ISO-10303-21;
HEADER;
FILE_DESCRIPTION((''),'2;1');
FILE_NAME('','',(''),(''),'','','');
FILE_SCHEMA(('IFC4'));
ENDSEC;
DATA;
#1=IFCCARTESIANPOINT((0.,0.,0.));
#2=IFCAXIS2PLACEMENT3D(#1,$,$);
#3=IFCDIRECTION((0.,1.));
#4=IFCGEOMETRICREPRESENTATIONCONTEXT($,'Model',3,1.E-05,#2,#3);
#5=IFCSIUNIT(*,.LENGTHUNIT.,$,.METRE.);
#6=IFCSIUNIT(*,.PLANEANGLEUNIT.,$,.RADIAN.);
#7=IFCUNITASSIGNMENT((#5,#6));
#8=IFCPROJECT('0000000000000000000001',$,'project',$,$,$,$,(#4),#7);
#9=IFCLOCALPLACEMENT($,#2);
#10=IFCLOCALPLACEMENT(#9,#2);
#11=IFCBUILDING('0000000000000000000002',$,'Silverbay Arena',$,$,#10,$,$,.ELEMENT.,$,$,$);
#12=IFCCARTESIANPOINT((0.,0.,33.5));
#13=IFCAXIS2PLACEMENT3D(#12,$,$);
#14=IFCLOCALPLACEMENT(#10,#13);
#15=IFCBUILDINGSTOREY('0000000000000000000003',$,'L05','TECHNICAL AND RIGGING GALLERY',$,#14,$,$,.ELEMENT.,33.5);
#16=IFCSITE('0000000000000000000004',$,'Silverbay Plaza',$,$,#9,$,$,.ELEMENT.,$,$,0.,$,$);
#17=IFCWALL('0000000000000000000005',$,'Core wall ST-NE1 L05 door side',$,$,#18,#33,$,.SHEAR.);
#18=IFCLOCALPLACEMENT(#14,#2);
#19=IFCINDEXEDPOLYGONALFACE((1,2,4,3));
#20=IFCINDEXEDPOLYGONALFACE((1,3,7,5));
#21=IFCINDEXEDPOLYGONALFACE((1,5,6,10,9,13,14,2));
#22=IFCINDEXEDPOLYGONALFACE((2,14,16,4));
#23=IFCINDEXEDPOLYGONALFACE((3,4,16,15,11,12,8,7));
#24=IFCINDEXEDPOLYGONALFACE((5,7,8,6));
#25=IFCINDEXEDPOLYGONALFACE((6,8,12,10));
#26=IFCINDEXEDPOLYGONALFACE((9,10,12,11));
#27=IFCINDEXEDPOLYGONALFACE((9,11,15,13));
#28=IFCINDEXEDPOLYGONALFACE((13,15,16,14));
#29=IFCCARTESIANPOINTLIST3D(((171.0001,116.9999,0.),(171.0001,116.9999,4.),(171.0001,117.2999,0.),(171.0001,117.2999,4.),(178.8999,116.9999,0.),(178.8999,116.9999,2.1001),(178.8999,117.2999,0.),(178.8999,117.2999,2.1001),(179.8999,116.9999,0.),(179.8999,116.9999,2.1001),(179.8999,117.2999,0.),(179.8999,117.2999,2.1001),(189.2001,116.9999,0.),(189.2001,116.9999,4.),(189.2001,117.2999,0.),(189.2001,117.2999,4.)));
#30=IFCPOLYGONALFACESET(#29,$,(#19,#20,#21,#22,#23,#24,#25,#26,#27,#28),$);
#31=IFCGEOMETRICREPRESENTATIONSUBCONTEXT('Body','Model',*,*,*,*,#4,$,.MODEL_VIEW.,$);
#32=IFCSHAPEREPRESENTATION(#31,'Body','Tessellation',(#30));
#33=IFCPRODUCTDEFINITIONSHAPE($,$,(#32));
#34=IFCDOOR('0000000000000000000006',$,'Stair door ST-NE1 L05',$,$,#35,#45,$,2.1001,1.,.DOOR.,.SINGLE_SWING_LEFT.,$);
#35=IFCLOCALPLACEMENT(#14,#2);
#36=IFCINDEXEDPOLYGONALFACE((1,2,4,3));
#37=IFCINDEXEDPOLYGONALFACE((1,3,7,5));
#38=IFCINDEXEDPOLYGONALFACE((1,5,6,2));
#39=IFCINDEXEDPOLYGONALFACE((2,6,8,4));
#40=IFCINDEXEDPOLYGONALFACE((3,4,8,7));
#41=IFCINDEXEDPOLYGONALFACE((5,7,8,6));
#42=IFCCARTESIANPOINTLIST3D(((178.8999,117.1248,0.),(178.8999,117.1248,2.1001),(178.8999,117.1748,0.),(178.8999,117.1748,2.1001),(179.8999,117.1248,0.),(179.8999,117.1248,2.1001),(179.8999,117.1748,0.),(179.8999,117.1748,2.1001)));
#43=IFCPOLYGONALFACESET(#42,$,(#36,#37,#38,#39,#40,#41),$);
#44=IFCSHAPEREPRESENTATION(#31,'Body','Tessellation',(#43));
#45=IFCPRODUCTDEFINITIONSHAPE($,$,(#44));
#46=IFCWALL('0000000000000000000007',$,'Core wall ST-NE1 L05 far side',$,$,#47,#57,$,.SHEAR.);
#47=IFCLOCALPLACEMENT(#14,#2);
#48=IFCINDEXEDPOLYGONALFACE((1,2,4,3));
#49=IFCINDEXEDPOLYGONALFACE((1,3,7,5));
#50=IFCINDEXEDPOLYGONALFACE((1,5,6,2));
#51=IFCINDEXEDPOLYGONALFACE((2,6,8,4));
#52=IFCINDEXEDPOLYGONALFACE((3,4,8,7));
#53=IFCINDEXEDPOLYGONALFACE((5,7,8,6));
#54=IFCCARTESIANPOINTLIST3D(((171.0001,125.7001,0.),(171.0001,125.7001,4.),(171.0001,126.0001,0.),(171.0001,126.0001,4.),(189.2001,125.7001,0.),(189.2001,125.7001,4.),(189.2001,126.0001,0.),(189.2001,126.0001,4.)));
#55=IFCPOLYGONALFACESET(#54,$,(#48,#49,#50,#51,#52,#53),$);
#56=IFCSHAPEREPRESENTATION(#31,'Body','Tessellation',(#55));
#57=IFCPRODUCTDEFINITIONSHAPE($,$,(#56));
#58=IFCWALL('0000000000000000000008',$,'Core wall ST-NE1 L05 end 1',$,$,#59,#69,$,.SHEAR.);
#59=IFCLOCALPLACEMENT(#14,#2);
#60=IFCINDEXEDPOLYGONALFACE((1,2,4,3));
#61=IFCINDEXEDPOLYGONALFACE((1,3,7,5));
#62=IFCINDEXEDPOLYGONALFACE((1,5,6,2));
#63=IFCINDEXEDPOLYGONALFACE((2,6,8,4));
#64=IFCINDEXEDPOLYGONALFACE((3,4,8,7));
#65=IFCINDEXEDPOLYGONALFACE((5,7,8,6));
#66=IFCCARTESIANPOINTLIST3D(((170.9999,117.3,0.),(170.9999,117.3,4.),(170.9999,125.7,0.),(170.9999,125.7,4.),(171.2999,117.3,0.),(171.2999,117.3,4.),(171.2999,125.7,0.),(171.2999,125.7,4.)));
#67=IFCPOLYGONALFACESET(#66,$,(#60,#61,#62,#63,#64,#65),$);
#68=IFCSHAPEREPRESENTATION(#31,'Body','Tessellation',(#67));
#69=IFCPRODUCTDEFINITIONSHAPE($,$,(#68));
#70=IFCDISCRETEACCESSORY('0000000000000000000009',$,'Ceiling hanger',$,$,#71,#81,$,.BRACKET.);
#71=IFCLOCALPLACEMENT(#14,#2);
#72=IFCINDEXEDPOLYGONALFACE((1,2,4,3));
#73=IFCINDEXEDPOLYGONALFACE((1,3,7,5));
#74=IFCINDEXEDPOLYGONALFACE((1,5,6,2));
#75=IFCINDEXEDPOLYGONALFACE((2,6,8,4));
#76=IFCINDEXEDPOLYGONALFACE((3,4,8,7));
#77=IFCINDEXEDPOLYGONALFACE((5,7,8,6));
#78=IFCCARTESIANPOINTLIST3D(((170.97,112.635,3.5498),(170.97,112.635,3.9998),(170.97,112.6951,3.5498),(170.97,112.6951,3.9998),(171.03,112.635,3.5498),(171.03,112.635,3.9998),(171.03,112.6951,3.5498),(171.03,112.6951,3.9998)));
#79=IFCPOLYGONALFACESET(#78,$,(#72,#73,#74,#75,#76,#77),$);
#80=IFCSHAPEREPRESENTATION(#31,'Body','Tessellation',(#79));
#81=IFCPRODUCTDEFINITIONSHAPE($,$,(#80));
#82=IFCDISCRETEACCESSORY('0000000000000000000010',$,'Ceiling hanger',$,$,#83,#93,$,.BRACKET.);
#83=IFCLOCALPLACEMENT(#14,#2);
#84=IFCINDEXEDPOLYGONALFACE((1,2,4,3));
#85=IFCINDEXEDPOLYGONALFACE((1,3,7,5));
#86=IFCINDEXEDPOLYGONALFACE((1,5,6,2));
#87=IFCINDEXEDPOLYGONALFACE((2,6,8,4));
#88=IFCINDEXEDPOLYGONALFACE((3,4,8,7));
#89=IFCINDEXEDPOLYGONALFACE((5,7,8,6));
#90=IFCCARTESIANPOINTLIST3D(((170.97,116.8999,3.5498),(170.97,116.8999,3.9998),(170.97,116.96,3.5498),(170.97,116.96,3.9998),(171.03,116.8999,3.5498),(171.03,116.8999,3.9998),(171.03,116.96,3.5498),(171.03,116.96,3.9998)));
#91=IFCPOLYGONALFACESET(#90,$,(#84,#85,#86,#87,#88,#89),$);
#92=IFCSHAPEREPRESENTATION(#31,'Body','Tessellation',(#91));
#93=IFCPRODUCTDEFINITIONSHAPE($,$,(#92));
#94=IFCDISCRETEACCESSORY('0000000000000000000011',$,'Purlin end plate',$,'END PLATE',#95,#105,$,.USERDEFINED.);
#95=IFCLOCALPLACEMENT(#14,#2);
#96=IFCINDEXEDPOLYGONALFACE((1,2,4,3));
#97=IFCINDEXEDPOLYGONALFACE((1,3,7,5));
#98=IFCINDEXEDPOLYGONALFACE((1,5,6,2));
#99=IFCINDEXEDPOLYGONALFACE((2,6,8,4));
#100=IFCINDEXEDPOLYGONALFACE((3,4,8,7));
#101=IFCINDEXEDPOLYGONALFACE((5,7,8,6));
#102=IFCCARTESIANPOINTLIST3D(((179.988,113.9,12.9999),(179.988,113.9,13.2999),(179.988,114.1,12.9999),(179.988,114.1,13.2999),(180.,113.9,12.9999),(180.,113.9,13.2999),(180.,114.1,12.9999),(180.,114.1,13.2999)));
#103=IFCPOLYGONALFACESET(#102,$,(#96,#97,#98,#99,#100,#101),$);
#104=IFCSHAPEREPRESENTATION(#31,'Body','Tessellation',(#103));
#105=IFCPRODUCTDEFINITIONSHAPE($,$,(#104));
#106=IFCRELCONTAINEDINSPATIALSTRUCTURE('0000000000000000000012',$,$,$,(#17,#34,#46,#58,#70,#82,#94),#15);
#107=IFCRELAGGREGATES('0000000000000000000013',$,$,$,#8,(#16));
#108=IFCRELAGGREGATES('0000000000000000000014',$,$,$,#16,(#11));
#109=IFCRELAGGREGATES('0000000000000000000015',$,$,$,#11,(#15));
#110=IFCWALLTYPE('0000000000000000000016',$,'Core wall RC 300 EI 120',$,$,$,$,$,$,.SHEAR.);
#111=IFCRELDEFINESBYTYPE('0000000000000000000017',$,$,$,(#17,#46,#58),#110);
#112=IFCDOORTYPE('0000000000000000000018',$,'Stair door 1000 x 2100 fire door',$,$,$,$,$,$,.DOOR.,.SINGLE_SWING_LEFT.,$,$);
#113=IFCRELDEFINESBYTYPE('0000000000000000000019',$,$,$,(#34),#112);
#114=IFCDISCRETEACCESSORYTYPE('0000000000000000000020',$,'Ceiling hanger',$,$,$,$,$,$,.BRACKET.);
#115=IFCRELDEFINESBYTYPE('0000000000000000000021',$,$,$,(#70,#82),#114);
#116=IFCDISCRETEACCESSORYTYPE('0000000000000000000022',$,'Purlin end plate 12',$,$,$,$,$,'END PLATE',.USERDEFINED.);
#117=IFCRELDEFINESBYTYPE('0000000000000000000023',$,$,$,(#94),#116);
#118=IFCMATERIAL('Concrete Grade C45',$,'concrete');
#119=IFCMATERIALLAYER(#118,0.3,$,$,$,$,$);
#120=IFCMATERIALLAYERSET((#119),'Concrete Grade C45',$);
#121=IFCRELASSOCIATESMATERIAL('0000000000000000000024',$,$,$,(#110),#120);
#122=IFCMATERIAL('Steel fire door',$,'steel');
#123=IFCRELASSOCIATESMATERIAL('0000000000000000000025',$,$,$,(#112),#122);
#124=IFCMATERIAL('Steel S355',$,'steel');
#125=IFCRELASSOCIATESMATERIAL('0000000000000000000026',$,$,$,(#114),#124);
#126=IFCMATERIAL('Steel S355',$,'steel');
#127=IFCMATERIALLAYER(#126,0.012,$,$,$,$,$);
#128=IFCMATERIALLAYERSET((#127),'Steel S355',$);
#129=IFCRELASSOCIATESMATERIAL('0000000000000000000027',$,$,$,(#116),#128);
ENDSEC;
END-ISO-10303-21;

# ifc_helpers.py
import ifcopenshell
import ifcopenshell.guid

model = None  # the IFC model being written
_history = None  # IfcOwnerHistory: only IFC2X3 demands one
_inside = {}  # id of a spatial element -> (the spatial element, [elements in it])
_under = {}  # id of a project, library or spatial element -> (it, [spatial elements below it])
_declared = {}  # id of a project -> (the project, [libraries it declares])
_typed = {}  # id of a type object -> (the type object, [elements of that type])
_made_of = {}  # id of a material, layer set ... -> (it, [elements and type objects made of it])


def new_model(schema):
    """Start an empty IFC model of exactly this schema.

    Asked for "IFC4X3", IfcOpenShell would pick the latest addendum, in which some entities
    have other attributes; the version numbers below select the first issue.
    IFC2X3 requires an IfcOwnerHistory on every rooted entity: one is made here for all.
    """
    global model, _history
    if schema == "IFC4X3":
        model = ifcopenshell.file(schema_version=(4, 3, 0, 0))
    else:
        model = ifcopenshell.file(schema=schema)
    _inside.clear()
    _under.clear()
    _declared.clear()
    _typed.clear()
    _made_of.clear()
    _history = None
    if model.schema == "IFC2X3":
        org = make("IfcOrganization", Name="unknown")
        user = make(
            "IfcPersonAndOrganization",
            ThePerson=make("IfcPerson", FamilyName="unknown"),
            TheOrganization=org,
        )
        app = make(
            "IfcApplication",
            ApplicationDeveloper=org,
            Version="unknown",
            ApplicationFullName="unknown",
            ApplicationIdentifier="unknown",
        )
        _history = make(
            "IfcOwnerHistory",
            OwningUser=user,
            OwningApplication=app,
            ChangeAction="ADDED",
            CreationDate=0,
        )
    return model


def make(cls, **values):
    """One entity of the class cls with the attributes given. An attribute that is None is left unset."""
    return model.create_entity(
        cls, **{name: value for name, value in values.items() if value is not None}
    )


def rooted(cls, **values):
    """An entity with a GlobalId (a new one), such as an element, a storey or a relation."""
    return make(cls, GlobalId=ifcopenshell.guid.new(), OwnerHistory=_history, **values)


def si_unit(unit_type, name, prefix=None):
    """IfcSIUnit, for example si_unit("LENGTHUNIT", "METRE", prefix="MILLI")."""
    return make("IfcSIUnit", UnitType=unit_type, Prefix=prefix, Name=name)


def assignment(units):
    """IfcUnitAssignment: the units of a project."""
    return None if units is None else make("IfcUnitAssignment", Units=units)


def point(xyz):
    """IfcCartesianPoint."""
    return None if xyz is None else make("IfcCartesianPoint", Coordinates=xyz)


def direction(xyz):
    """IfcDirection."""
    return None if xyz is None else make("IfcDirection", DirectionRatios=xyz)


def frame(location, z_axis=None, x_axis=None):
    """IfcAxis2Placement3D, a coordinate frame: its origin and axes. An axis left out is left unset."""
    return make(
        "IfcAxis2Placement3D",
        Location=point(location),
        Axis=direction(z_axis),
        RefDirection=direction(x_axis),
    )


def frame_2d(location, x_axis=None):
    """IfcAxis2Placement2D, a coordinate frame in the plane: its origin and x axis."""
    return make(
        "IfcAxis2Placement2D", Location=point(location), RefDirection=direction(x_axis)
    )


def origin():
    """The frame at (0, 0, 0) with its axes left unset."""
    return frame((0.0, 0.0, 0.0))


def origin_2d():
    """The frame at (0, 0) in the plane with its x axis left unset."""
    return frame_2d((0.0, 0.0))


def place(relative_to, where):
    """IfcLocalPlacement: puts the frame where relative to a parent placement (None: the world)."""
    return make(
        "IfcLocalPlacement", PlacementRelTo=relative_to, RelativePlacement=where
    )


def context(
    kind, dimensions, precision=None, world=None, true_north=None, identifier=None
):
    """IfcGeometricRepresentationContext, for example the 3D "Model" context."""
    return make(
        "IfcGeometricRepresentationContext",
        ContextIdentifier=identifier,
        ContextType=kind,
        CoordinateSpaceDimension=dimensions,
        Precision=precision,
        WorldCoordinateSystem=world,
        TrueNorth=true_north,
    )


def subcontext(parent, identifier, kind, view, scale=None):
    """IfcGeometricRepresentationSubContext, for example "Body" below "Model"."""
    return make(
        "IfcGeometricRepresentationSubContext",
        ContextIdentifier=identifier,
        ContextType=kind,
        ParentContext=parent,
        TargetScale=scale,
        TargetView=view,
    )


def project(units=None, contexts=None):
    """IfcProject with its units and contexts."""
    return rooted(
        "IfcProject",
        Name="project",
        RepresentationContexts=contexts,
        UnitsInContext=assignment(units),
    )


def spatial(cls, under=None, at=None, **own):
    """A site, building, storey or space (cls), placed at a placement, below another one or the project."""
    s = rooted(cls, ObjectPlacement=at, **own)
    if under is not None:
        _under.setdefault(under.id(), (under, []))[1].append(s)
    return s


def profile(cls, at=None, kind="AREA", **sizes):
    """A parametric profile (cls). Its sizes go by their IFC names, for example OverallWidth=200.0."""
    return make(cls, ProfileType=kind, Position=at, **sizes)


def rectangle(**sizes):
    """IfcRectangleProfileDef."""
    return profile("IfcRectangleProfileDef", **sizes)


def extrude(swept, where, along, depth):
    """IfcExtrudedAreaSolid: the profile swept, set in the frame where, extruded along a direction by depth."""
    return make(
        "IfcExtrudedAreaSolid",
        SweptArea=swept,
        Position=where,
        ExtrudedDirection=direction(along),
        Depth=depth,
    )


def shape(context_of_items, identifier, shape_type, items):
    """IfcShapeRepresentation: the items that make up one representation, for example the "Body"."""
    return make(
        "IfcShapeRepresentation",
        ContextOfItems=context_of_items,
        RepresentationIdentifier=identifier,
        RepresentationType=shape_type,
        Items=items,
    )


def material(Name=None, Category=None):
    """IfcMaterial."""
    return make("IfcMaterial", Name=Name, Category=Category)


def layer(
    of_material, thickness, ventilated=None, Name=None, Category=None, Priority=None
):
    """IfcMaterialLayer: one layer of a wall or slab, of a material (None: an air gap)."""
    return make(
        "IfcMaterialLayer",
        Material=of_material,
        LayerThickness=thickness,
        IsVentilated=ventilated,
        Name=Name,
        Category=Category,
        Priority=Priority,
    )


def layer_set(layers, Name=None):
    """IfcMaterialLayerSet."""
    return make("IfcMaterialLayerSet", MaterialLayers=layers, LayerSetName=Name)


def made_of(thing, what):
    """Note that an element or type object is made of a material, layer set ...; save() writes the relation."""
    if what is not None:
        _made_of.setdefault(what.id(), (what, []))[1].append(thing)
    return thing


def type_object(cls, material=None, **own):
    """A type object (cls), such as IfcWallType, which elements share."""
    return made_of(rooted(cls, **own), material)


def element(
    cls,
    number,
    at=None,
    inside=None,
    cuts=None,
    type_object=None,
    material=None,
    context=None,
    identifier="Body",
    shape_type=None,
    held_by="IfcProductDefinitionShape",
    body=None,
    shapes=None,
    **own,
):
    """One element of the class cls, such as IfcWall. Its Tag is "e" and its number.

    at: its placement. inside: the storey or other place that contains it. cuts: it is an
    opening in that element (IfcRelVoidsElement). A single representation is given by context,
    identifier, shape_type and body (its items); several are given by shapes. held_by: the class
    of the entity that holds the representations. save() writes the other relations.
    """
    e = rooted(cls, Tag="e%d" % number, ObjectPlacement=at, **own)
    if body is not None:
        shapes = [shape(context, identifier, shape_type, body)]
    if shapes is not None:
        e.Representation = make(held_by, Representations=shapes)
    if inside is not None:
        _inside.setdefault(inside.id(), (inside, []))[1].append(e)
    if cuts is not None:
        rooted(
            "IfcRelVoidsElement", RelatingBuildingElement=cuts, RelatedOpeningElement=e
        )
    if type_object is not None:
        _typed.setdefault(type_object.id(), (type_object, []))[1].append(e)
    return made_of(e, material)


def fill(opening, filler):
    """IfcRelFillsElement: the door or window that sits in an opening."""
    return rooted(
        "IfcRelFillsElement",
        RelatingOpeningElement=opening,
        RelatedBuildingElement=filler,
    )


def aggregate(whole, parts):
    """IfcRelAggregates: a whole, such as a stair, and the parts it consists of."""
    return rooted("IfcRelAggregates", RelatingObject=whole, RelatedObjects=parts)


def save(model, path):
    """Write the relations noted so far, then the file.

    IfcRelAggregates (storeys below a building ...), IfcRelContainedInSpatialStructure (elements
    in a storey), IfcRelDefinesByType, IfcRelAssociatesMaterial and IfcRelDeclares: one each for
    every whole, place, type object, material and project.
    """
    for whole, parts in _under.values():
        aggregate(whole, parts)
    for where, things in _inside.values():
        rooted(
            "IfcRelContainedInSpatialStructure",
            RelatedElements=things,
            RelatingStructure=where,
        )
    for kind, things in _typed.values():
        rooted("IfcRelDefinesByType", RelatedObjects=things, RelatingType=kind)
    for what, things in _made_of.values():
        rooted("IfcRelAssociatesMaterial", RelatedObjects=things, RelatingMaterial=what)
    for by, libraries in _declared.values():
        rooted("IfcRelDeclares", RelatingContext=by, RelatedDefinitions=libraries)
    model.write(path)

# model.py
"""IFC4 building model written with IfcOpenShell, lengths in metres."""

from ifc_helpers import new_model, si_unit, direction, frame, frame_2d, origin, origin_2d, place, context, subcontext, project, spatial, rectangle, extrude, material, layer, layer_set, type_object, element, fill, save


model = new_model("IFC4")

# Units and contexts
model_context = context("Model", 3, precision=1e-05, world=origin(), true_north=direction((0.0, 1.0)))
body_context = subcontext(model_context, "Body", "Model", "MODEL_VIEW")
ifc_project = project(units=[si_unit("LENGTHUNIT", "METRE"), si_unit("PLANEANGLEUNIT", "RADIAN")], contexts=[model_context])

# Site, building, storey
site_placement = place(None, origin())
site = spatial("IfcSite", under=ifc_project, at=site_placement, Name="Silverbay Plaza", CompositionType="ELEMENT", RefElevation=0.0)
building_placement = place(site_placement, origin())
building = spatial("IfcBuilding", under=site, at=building_placement, Name="Silverbay Arena", CompositionType="ELEMENT")
storey_placement = place(building_placement, frame((0.0, 0.0, 33.5)))
storey = spatial("IfcBuildingStorey", under=building, at=storey_placement, Name="L05", Description="TECHNICAL AND RIGGING GALLERY", CompositionType="ELEMENT", Elevation=33.5)

# Wall, opening, door
ifc_material_1 = material(Name="Concrete Grade C45", Category="concrete")
ifc_layer_1 = layer(ifc_material_1, 0.3)
ifc_layer_set_1 = layer_set([ifc_layer_1], Name="Concrete Grade C45")
wall_type = type_object("IfcWallType", Name="Core wall RC 300 EI 120", PredefinedType="SHEAR", material=ifc_layer_set_1)
wall_1_placement = place(storey_placement, frame((171.0, 117.1499, 0.0), z_axis=(0.0, 0.0, 1.0), x_axis=(1.0, 0.0, 0.0)))
wall_1 = element("IfcWall", 1, at=wall_1_placement, inside=storey, type_object=wall_type, Name="Core wall ST-NE1 L05 door side", PredefinedType="SHEAR", context=body_context, shape_type="SweptSolid", body=[
    extrude(rectangle(XDim=18.2, YDim=0.3, at=frame_2d((9.1001, 0.0))), origin(), (0.0, 0.0, 1.0), 4.0),
])
opening_placement = place(wall_1_placement, frame((7.8999, 0.0, 0.0)))
opening = element("IfcOpeningElement", 2, at=opening_placement, cuts=wall_1, PredefinedType="OPENING", context=body_context, shape_type="SweptSolid", body=[
    extrude(rectangle(XDim=1.0, YDim=2.1001, at=frame_2d((0.5, 1.05))), frame((0.0, 0.1602, 0.0), z_axis=(0.0, -1.0, 0.0), x_axis=(1.0, 0.0, 0.0)), (0.0, 0.0, 1.0), 0.3201),
])
ifc_material_2 = material(Name="Steel fire door", Category="steel")
door_type = type_object("IfcDoorType", Name="Stair door 1000 x 2100 fire door", OperationType="SINGLE_SWING_LEFT", PredefinedType="DOOR", material=ifc_material_2)
door_placement = place(opening_placement, origin())
door = element("IfcDoor", 3, at=door_placement, inside=storey, type_object=door_type, Name="Stair door ST-NE1 L05", OperationType="SINGLE_SWING_LEFT", OverallHeight=2.1001, OverallWidth=1.0, PredefinedType="DOOR", context=body_context, shape_type="SweptSolid", body=[
    extrude(rectangle(XDim=1.0, YDim=2.1001, at=frame_2d((0.5, 1.05))), frame((0.0, 0.0249, 0.0), z_axis=(0.0, -1.0, 0.0), x_axis=(1.0, 0.0, 0.0)), (0.0, 0.0, 1.0), 0.05),
])
fill(opening, door)

# Walls
wall_2_placement = place(storey_placement, frame((171.0, 125.8501, 0.0), z_axis=(0.0, 0.0, 1.0), x_axis=(1.0, 0.0, 0.0)))
element("IfcWall", 4, at=wall_2_placement, inside=storey, type_object=wall_type, Name="Core wall ST-NE1 L05 far side", PredefinedType="SHEAR", context=body_context, shape_type="SweptSolid", body=[
    extrude(rectangle(XDim=18.2, YDim=0.3, at=frame_2d((9.1001, 0.0))), origin(), (0.0, 0.0, 1.0), 4.0),
])
wall_3_placement = place(storey_placement, frame((171.1499, 117.3, 0.0), z_axis=(0.0, 0.0, 1.0), x_axis=(0.0, 1.0, 0.0)))
element("IfcWall", 5, at=wall_3_placement, inside=storey, type_object=wall_type, Name="Core wall ST-NE1 L05 end 1", PredefinedType="SHEAR", context=body_context, shape_type="SweptSolid", body=[
    extrude(rectangle(XDim=8.3999, YDim=0.3, at=frame_2d((4.2, 0.0))), origin(), (0.0, 0.0, 1.0), 4.0),
])

# Discrete accessories
ifc_material_3 = material(Name="Steel S355", Category="steel")
discrete_accessory_type_1 = type_object("IfcDiscreteAccessoryType", Name="Ceiling hanger", PredefinedType="BRACKET", material=ifc_material_3)
for number, where, z_axis, x_axis, name in (
    (6, (171.0, 112.665, 3.5498), (0.0, 0.0, 1.0), (1.0, 0.0, 0.0), "Ceiling hanger"),
    (7, (171.0, 116.9299, 3.5498), (0.0, 0.0, 1.0), (1.0, 0.0, 0.0), "Ceiling hanger"),
):
    element("IfcDiscreteAccessory", number, at=place(storey_placement, frame(where, z_axis=z_axis, x_axis=x_axis)), inside=storey, type_object=discrete_accessory_type_1, Name=name, PredefinedType="BRACKET", context=body_context, shape_type="SweptSolid", body=[
        extrude(rectangle(XDim=0.0601, YDim=0.0601, at=origin_2d()), origin(), (0.0, 0.0, 1.0), 0.45),
    ])
ifc_material_4 = material(Name="Steel S355", Category="steel")
ifc_layer_2 = layer(ifc_material_4, 0.012)
ifc_layer_set_2 = layer_set([ifc_layer_2], Name="Steel S355")
discrete_accessory_type_2 = type_object("IfcDiscreteAccessoryType", Name="Purlin end plate 12", ElementType="END PLATE", PredefinedType="USERDEFINED", material=ifc_layer_set_2)
discrete_accessory_placement = place(storey_placement, frame((180.0, 114.0, 13.1499), z_axis=(-1.0, 0.0, 0.0), x_axis=(0.0, -1.0, 0.0)))
element("IfcDiscreteAccessory", 8, at=discrete_accessory_placement, inside=storey, type_object=discrete_accessory_type_2, Name="Purlin end plate", ObjectType="END PLATE", PredefinedType="USERDEFINED", context=body_context, shape_type="SweptSolid", body=[
    extrude(rectangle(XDim=0.2, YDim=0.3, at=origin_2d()), origin(), (0.0, 0.0, 1.0), 0.012),
])

save(model, "model.ifc")
